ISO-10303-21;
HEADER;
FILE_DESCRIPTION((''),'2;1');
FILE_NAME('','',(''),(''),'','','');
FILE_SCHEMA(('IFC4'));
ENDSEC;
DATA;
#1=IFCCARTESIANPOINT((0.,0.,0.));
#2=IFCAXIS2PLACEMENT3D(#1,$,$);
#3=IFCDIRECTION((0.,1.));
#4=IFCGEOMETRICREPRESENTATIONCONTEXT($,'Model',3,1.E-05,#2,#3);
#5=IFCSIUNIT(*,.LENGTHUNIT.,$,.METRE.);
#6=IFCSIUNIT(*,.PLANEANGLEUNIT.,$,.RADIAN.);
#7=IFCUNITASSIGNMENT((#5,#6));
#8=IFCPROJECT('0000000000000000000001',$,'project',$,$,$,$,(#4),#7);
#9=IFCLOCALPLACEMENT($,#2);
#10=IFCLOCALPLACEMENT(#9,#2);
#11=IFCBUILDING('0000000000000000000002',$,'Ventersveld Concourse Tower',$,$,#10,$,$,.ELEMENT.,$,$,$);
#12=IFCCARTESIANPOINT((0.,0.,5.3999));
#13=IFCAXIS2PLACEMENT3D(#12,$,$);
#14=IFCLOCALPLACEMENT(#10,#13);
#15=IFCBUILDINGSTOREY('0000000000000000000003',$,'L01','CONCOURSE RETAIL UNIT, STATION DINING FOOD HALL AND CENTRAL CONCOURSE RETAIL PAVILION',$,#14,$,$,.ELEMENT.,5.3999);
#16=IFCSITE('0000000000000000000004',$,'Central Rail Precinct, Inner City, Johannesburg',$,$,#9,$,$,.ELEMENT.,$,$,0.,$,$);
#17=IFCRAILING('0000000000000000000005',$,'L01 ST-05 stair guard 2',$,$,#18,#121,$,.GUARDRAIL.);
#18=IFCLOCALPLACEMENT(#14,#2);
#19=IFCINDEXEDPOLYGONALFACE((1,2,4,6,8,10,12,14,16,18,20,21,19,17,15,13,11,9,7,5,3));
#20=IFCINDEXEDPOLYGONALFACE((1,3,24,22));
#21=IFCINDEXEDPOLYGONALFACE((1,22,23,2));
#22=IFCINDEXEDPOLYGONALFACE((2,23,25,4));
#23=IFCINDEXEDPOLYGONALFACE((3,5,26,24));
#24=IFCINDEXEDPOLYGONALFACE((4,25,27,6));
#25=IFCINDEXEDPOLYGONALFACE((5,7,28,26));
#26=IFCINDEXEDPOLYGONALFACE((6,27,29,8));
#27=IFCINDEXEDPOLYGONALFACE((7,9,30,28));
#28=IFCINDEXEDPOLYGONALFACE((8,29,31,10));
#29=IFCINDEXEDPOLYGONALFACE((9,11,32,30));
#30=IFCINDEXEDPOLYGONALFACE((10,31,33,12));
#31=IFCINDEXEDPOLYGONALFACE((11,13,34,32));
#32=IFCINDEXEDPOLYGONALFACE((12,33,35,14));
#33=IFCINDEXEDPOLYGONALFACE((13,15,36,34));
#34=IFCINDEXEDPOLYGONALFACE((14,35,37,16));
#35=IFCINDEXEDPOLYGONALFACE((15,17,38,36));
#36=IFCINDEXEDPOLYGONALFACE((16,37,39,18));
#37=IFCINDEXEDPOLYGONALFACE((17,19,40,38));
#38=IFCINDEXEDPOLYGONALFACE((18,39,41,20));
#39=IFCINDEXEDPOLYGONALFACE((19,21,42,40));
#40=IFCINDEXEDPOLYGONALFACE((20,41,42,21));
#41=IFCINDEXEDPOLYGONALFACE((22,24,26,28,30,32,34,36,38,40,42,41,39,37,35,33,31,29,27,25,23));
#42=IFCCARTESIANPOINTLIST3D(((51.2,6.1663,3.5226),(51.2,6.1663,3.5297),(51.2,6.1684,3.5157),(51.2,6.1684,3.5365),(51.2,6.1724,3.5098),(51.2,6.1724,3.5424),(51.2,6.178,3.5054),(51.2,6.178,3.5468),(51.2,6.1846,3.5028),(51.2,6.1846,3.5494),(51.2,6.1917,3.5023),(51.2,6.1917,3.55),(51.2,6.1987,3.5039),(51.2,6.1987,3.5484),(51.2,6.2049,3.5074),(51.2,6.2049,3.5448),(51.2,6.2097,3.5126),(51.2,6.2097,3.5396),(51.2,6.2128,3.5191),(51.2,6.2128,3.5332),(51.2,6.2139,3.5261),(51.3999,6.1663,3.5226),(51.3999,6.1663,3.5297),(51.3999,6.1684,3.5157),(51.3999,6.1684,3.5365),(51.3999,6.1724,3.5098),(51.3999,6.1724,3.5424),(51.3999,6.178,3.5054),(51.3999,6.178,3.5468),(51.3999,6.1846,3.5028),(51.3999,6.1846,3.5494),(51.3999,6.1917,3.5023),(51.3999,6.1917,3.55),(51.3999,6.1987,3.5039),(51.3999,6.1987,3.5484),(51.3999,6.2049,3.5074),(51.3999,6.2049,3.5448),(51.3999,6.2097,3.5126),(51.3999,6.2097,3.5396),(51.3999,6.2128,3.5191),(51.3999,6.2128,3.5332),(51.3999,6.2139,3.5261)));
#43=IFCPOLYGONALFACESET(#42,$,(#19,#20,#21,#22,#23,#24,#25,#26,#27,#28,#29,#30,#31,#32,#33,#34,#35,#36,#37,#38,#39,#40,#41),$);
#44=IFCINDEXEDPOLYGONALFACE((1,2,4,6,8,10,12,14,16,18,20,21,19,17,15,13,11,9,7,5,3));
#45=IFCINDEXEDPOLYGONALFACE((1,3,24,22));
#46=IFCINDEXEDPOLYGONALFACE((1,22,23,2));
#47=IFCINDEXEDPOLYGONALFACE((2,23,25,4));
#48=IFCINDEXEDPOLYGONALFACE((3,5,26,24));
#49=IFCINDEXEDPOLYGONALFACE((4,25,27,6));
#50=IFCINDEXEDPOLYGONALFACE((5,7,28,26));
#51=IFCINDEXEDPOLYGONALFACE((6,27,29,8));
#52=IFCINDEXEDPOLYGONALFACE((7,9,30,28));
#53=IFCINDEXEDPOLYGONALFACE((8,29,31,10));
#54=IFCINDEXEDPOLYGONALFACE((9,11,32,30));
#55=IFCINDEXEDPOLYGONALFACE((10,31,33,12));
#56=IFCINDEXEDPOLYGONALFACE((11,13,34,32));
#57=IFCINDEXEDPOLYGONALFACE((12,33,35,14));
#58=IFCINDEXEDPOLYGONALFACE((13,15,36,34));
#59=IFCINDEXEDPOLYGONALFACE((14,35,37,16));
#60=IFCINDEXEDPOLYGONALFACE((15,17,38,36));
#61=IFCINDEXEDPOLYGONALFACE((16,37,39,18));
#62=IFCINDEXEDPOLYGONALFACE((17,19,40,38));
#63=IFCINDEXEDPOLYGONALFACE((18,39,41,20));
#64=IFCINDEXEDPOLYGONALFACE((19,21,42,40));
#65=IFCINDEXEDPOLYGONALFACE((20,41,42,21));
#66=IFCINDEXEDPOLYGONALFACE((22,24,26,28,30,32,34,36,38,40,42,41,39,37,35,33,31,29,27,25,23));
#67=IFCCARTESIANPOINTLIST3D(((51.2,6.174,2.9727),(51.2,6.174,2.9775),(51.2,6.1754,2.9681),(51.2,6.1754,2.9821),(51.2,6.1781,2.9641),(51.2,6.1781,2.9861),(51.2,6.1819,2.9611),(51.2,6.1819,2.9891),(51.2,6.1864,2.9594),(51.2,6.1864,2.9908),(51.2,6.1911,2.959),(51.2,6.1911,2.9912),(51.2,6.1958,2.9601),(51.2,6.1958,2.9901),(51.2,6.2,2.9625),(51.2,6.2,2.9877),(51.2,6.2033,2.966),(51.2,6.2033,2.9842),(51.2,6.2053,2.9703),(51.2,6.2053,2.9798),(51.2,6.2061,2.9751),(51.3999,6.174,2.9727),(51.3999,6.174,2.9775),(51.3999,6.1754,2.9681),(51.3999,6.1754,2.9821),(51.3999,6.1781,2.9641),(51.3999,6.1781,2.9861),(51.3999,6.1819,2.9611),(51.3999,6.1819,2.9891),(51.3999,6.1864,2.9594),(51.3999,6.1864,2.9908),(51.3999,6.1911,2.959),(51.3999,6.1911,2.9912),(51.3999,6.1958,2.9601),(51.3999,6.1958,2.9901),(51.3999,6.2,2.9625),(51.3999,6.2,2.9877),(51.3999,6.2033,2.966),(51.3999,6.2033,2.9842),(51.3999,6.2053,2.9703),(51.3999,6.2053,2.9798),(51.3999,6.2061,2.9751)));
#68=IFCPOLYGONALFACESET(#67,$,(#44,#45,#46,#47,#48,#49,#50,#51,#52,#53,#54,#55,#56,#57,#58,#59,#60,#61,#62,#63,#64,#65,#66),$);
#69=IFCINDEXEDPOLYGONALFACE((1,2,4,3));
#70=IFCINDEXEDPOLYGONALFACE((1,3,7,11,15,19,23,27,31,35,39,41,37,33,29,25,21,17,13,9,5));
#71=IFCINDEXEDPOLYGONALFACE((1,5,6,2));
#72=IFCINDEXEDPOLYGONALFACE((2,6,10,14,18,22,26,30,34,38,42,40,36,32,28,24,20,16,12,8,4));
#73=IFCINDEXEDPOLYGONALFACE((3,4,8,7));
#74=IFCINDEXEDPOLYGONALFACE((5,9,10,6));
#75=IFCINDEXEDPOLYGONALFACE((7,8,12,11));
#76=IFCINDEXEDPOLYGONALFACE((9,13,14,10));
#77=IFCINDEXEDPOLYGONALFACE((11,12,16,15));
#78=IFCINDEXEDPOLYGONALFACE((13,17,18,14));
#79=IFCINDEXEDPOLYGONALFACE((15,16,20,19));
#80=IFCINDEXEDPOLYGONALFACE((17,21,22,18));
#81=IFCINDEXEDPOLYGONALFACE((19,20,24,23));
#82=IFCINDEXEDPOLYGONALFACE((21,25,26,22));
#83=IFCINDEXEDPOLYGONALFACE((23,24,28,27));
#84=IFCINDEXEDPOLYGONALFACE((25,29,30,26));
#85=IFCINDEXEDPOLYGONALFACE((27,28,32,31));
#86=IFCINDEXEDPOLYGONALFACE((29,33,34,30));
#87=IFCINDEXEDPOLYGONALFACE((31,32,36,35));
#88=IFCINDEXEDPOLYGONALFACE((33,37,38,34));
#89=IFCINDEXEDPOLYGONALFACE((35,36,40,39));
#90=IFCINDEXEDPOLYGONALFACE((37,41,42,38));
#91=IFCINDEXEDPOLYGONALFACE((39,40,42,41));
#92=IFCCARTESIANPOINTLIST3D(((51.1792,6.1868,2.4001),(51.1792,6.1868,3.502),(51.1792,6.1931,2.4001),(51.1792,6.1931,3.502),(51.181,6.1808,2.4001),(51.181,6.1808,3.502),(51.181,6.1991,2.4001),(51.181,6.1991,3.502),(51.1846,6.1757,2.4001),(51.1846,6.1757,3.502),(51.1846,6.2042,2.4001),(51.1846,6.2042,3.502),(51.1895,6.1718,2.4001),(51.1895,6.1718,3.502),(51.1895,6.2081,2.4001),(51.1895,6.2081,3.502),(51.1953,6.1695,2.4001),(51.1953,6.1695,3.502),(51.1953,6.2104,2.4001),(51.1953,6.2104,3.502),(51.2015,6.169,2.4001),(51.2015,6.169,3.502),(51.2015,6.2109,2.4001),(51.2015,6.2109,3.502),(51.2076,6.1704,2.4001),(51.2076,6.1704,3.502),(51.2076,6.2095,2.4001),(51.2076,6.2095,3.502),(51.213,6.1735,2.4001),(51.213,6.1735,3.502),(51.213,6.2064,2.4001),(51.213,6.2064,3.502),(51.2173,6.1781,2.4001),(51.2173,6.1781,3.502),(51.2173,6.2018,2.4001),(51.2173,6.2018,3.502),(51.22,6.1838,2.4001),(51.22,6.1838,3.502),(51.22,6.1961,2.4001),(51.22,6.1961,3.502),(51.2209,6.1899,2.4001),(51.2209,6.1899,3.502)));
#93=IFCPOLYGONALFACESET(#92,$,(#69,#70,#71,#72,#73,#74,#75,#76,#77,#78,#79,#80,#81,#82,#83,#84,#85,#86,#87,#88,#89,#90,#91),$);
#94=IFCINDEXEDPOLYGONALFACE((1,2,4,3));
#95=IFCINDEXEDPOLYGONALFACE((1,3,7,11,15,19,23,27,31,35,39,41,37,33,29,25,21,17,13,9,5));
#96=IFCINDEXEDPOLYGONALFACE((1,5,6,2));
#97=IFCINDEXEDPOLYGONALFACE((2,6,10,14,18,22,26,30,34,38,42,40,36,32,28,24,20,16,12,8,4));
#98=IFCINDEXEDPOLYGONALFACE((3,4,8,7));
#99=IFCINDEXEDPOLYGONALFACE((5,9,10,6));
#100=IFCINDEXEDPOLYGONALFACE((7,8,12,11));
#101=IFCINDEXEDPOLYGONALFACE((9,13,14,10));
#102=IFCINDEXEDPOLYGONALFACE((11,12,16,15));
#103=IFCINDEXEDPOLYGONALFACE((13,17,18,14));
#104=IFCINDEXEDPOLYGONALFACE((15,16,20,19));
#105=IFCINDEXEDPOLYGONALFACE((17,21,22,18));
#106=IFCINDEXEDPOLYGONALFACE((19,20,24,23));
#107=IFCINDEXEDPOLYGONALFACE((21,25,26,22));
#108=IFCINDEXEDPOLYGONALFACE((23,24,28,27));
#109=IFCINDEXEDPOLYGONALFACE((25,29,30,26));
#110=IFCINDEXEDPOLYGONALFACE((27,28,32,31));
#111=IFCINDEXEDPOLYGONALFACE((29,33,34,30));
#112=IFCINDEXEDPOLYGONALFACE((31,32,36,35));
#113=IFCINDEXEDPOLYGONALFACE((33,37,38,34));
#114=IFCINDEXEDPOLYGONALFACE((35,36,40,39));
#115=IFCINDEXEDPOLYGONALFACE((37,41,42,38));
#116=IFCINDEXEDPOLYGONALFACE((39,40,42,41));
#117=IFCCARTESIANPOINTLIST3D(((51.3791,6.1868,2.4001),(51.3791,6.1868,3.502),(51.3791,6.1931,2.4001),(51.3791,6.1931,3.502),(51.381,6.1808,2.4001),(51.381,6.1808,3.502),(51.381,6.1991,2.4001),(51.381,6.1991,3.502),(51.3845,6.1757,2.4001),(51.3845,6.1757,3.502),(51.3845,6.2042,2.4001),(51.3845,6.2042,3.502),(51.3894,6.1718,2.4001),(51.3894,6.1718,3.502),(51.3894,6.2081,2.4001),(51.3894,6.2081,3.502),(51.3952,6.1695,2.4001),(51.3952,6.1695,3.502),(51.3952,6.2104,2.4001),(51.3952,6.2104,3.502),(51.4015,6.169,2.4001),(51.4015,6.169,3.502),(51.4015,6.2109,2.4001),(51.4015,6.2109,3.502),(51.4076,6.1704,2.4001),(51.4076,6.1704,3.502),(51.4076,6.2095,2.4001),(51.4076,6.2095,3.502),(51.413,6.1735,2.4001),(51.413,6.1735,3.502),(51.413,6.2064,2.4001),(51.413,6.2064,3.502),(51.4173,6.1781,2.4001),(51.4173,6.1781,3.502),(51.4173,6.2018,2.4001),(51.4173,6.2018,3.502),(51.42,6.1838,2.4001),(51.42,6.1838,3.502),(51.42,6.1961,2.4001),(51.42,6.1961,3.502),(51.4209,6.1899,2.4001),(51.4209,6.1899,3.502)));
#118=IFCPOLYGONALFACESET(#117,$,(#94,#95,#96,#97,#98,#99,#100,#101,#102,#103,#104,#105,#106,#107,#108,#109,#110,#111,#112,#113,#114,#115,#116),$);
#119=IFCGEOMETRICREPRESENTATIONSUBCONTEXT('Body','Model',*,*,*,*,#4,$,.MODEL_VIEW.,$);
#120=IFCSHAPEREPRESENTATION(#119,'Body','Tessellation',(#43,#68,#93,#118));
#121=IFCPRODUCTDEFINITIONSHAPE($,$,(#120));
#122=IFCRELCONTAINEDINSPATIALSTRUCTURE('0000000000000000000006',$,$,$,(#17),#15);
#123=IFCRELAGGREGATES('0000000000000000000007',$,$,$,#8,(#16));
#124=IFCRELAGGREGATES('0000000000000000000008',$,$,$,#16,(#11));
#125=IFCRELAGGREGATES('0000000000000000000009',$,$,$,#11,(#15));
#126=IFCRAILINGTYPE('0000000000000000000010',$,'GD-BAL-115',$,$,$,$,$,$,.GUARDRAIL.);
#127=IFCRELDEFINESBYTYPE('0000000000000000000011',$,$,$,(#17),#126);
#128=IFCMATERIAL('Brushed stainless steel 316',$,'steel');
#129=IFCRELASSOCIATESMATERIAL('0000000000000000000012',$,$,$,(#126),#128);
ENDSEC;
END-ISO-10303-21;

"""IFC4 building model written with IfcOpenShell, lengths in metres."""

from ifc_helpers import new_model, si_unit, direction, frame, origin, origin_2d, place, context, subcontext, project, spatial, circle, extrude, material, type_object, element, save


model = new_model("IFC4")

# Units and contexts
model_context = context("Model", 3, precision=1e-05, world=origin(), true_north=direction((0.0, 1.0)))
body_context = subcontext(model_context, "Body", "Model", "MODEL_VIEW")
ifc_project = project(units=[si_unit("LENGTHUNIT", "METRE"), si_unit("PLANEANGLEUNIT", "RADIAN")], contexts=[model_context])

# Site, building, storey
site_placement = place(None, origin())
site = spatial("IfcSite", under=ifc_project, at=site_placement, Name="Central Rail Precinct, Inner City, Johannesburg", CompositionType="ELEMENT", RefElevation=0.0)
building_placement = place(site_placement, origin())
building = spatial("IfcBuilding", under=site, at=building_placement, Name="Ventersveld Concourse Tower", CompositionType="ELEMENT")
storey_placement = place(building_placement, frame((0.0, 0.0, 5.3999)))
storey = spatial("IfcBuildingStorey", under=building, at=storey_placement, Name="L01", Description="CONCOURSE RETAIL UNIT, STATION DINING FOOD HALL AND CENTRAL CONCOURSE RETAIL PAVILION", CompositionType="ELEMENT", Elevation=5.3999)

# Shared definitions
ifc_material_1 = material(Name="Brushed stainless steel 316", Category="steel")

# Railing
railing_type_1 = type_object("IfcRailingType", Name="GD-BAL-115", PredefinedType="GUARDRAIL", material=ifc_material_1)
railing_1_placement = place(storey_placement, frame((51.2, 6.1899, 2.4001)))
element("IfcRailing", 1, at=railing_1_placement, inside=storey, type_object=railing_type_1, Name="L01 ST-05 stair guard 2", PredefinedType="GUARDRAIL", context=body_context, shape_type="SweptSolid", body=[
    extrude(circle(Radius=0.0239, at=origin_2d()), frame((0.0, 0.0, 1.126), z_axis=(1.0, 0.0, 0.0), x_axis=(0.0, 1.0, 0.0)), (0.0, 0.0, 1.0), 0.2),
    extrude(circle(Radius=0.0161, at=origin_2d()), frame((0.0, 0.0, 0.575), z_axis=(1.0, 0.0, 0.0), x_axis=(0.0, 1.0, 0.0)), (0.0, 0.0, 1.0), 0.2),
    extrude(circle(Radius=0.021, at=origin_2d()), origin(), (0.0, 0.0, 1.0), 1.1018),
    extrude(circle(Radius=0.021, at=origin_2d()), frame((0.2, 0.0, 0.0)), (0.0, 0.0, 1.0), 1.1018),
])

save(model, "model.ifc")
